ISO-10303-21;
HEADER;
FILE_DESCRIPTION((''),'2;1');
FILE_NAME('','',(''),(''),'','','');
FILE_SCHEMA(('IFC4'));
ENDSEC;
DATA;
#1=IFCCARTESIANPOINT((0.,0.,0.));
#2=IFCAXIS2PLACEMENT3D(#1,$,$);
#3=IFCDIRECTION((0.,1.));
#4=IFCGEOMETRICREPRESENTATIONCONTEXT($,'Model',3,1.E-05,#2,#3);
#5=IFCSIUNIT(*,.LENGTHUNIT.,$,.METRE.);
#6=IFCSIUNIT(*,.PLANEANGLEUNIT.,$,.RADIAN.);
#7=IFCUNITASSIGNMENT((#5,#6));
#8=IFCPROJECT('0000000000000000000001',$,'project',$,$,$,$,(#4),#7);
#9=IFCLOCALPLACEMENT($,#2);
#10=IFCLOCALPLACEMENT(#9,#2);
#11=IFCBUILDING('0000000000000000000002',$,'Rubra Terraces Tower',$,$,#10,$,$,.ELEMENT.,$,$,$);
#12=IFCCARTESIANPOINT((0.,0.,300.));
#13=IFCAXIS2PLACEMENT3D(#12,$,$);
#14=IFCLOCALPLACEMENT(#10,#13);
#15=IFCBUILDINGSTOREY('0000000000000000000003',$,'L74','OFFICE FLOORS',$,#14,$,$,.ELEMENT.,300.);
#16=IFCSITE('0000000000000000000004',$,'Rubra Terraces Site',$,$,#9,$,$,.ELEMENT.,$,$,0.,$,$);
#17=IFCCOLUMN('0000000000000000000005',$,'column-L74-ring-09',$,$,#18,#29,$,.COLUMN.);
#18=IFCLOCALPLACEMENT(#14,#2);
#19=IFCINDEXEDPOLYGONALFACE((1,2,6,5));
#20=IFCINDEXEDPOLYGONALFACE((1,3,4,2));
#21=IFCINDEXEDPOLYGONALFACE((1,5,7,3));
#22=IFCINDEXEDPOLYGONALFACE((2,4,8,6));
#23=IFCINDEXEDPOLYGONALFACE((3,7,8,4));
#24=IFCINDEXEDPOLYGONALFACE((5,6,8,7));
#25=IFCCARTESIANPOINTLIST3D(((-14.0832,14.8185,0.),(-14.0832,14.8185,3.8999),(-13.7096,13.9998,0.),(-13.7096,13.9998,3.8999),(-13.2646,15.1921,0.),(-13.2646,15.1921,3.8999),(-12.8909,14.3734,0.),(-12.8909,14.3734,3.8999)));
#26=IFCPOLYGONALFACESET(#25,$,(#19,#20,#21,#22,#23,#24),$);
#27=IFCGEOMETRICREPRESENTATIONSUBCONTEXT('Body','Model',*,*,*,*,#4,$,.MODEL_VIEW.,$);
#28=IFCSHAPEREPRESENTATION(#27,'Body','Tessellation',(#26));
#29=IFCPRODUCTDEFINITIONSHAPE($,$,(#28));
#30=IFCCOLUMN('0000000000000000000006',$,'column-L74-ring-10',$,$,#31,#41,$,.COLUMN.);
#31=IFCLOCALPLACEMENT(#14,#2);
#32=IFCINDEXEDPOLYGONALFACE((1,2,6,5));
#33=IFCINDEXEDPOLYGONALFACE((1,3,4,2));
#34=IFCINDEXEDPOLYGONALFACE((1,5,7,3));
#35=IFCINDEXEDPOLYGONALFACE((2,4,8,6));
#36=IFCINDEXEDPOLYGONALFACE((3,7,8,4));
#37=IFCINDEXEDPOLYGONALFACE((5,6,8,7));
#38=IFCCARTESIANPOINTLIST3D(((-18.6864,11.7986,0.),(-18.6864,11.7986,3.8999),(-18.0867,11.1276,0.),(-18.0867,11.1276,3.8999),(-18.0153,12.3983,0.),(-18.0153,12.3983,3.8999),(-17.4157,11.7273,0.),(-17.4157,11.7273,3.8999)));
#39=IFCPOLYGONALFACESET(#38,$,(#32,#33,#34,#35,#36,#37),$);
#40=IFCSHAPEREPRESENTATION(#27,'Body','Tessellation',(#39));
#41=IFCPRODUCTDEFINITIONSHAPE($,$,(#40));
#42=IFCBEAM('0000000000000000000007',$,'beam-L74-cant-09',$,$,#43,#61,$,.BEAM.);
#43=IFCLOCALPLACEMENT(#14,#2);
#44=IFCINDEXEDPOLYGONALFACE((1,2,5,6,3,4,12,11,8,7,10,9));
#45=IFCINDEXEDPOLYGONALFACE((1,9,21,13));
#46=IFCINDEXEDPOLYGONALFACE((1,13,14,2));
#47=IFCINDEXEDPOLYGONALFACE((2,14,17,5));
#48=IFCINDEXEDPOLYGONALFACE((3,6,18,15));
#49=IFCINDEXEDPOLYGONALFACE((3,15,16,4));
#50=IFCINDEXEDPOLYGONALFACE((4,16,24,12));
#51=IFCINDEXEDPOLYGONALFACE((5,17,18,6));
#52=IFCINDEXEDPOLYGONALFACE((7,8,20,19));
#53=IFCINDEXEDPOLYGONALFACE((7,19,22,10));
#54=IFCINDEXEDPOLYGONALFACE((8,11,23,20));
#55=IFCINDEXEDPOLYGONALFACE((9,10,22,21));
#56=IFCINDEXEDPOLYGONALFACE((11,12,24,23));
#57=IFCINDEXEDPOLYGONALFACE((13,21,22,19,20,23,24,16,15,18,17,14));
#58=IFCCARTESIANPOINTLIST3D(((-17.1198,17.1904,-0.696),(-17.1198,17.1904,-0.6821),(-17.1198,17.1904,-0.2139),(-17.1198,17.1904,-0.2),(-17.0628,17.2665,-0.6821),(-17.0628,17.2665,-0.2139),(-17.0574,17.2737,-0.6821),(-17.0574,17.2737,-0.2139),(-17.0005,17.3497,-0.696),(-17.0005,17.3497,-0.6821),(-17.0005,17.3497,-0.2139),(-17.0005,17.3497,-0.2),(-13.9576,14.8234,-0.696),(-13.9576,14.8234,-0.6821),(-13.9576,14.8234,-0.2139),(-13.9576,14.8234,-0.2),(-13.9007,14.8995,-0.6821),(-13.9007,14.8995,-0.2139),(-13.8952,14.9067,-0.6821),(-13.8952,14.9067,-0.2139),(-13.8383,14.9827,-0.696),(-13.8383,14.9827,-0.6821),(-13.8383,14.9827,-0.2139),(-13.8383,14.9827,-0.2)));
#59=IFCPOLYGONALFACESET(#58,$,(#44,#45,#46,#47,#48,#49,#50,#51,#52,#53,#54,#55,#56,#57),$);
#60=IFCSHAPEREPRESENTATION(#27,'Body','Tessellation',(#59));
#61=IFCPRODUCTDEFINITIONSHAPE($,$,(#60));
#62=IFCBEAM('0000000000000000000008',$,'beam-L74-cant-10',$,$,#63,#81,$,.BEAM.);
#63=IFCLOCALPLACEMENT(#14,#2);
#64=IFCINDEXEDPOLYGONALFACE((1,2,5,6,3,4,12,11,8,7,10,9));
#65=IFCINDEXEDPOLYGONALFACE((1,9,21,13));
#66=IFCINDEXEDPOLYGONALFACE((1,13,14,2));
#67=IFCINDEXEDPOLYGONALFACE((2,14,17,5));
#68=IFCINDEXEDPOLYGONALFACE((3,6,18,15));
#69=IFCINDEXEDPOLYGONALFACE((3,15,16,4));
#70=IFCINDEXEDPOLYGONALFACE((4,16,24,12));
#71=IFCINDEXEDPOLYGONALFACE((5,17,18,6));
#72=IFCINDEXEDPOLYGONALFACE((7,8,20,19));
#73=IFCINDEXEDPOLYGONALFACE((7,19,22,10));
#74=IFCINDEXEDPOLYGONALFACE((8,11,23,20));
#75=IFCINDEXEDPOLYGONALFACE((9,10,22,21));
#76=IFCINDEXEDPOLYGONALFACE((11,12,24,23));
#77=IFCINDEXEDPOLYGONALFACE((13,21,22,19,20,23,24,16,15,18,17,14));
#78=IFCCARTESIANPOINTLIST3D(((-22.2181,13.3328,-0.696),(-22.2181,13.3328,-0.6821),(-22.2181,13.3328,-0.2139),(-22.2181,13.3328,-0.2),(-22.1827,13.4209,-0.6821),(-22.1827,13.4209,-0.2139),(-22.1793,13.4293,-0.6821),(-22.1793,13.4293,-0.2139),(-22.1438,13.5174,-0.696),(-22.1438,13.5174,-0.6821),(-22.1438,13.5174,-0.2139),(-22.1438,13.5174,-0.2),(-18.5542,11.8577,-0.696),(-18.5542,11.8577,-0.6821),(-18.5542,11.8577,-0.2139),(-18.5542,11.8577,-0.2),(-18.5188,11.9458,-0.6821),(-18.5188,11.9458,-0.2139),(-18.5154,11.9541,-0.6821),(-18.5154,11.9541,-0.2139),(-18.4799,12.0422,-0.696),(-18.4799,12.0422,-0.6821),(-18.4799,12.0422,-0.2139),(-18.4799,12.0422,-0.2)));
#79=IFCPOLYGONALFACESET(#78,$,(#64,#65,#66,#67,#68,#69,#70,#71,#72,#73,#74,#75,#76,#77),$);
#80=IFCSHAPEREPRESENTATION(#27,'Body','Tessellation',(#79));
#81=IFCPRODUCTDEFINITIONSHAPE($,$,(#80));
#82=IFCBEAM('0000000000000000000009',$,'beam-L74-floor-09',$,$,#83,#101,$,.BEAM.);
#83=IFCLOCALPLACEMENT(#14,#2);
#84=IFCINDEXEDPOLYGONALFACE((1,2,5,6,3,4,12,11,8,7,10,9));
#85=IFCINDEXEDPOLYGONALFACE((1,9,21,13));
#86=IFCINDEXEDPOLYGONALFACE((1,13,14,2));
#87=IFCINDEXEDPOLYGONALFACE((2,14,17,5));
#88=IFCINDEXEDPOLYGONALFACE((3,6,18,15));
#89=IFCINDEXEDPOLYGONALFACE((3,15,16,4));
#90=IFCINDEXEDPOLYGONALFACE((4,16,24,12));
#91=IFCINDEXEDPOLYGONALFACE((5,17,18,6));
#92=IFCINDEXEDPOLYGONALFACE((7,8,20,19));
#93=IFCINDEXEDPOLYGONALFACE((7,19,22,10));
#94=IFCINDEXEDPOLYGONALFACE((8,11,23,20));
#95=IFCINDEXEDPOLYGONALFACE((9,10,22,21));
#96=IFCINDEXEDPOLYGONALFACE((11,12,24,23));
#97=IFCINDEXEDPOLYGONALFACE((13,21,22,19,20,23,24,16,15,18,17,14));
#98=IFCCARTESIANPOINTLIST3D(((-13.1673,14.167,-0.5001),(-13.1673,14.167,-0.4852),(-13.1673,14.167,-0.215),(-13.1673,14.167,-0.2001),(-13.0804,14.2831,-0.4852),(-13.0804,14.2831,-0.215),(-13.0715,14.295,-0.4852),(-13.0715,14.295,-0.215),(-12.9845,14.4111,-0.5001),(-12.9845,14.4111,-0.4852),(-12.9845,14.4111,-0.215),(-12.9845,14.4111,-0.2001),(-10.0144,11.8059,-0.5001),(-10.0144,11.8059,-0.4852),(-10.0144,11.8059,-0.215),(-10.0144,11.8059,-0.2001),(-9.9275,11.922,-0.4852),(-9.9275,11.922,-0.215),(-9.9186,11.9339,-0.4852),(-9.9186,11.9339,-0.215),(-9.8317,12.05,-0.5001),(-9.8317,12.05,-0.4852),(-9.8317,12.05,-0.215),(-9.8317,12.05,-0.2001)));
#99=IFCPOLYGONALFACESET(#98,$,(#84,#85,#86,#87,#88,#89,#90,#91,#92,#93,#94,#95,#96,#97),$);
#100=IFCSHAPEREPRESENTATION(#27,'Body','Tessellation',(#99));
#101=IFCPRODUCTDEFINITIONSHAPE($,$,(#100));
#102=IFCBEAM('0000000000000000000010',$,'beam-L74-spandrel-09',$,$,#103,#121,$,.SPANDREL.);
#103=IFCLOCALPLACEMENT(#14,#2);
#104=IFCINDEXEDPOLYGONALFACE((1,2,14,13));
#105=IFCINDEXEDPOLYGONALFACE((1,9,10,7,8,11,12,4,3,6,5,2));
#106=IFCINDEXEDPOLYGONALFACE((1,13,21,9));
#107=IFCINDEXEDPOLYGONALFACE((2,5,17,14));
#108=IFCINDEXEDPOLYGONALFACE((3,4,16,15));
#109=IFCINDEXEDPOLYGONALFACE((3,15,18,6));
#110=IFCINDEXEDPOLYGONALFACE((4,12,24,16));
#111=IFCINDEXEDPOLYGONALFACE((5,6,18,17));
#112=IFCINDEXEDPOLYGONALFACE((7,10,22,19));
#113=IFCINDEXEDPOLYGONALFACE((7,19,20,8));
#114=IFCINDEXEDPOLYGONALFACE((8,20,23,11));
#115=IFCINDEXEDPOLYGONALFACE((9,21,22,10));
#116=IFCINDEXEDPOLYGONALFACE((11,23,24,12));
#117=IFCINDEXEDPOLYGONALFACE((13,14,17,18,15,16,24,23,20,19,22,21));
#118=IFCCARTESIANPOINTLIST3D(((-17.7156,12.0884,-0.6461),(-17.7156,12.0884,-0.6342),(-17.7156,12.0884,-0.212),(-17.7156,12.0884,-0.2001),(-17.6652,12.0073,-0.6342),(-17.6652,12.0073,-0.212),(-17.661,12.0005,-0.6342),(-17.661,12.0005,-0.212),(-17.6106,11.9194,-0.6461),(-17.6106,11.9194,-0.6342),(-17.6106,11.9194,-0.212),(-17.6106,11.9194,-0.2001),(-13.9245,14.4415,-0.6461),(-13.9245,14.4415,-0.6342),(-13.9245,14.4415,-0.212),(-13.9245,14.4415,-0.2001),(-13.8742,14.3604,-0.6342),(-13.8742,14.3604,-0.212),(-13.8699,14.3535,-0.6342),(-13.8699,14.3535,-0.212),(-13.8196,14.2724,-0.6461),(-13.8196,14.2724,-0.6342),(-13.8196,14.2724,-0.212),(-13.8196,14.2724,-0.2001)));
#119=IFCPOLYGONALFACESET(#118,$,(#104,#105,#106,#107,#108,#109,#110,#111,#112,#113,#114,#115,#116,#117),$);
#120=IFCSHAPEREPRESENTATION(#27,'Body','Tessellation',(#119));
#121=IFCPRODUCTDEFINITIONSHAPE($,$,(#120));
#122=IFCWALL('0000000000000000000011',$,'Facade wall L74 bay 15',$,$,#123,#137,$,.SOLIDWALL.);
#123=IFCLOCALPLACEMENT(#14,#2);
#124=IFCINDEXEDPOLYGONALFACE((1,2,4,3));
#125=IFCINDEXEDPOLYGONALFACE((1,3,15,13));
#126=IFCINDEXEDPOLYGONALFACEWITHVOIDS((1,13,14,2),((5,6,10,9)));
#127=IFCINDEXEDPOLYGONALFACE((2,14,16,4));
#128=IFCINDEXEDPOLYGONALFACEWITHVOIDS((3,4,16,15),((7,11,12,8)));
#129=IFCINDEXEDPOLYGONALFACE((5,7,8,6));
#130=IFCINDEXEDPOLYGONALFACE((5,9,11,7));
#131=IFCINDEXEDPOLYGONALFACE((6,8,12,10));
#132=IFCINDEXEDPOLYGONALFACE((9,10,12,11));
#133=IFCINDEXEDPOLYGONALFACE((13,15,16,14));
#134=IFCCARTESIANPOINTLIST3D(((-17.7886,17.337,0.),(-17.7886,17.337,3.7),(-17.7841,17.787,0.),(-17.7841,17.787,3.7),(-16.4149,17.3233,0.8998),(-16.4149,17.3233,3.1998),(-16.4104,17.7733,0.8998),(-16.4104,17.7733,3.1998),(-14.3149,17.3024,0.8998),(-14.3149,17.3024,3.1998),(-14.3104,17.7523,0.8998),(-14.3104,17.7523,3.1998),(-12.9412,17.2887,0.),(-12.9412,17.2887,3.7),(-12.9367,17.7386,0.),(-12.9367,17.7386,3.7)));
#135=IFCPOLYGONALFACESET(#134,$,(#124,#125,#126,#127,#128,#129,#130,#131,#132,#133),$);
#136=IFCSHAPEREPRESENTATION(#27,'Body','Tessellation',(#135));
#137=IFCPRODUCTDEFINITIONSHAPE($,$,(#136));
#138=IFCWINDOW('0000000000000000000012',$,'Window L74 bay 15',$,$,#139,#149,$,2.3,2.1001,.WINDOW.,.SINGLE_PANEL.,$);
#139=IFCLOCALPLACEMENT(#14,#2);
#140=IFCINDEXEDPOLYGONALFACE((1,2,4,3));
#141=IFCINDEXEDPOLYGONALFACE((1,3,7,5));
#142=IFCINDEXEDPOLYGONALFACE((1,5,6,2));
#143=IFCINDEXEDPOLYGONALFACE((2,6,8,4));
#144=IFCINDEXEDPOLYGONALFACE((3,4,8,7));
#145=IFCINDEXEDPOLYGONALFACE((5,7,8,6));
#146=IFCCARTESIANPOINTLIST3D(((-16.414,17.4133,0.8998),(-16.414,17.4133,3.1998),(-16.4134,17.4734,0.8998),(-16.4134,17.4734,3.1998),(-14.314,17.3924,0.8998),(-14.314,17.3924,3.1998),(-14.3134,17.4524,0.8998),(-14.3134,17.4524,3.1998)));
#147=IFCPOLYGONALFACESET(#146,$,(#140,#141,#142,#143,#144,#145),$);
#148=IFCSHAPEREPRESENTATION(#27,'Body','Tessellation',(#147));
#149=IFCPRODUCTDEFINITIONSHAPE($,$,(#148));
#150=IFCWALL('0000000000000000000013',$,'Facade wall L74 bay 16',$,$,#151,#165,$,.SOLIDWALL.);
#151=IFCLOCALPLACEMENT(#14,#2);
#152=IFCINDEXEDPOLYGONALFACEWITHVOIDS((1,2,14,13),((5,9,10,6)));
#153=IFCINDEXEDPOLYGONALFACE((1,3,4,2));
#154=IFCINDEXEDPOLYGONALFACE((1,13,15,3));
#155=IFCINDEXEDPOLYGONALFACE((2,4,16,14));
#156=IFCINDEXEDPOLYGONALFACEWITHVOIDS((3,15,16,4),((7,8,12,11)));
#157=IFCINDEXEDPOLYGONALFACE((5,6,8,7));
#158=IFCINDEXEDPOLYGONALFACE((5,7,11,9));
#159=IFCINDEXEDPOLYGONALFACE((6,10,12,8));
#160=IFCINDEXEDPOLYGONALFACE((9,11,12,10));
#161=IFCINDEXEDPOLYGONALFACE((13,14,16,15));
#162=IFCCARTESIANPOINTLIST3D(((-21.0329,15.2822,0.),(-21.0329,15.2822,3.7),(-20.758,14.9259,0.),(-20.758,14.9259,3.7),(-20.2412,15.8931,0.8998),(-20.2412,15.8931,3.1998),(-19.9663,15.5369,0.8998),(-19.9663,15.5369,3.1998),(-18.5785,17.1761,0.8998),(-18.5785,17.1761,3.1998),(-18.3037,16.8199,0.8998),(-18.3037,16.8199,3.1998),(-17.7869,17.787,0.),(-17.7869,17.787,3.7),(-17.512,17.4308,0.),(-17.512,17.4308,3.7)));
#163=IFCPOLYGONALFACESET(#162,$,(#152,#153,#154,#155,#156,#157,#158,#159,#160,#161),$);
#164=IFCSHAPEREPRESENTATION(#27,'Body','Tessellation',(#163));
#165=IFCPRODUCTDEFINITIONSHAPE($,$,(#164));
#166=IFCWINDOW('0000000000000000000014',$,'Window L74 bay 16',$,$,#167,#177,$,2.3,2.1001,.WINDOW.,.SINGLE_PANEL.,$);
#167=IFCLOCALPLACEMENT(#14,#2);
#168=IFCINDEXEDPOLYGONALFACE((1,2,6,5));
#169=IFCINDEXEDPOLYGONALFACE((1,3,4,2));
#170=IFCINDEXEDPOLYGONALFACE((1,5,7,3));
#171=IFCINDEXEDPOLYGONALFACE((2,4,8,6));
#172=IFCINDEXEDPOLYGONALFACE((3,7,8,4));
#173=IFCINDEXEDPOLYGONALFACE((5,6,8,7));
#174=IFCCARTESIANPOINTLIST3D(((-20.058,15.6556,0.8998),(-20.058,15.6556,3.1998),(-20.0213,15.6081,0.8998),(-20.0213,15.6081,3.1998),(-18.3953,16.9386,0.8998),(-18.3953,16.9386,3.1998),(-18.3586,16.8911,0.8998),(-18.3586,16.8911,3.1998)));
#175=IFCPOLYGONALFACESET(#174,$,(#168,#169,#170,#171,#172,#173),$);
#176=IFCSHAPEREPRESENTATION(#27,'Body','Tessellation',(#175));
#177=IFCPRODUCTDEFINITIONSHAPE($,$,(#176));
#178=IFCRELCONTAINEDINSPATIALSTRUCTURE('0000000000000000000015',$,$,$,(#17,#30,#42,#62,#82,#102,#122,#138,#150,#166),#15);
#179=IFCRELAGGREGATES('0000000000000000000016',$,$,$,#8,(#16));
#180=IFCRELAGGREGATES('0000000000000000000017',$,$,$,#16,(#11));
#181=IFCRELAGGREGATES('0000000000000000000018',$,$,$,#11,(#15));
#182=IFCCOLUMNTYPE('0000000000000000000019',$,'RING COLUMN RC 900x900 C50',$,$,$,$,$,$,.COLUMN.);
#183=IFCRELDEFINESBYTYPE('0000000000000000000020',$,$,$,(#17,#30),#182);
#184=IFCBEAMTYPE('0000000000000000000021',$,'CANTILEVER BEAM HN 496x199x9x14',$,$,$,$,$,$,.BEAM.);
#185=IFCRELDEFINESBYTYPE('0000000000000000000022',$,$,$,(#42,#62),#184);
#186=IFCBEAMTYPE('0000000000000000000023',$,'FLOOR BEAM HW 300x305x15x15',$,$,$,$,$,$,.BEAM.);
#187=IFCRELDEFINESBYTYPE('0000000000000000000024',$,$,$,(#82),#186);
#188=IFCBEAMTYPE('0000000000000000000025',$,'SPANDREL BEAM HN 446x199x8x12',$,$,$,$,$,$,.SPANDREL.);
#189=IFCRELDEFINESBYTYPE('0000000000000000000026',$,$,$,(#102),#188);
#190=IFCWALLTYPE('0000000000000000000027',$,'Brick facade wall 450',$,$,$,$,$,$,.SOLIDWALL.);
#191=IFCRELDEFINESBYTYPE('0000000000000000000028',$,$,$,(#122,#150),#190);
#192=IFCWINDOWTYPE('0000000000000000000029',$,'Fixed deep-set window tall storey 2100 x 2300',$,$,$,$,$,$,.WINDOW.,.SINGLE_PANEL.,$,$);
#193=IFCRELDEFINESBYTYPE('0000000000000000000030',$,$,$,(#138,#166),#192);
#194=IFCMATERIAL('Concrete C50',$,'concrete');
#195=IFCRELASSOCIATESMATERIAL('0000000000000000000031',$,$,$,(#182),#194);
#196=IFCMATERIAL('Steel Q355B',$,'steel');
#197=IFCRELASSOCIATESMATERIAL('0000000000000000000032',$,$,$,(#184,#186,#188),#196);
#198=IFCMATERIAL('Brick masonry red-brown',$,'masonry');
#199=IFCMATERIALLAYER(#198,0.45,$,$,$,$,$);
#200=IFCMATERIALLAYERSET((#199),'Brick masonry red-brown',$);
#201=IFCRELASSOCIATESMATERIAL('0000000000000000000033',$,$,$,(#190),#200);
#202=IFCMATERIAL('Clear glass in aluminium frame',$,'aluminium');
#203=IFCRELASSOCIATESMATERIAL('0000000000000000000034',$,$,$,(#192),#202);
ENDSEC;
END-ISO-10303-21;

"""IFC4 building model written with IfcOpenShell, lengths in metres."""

from ifc_helpers import new_model, si_unit, direction, frame, frame_2d, origin, origin_2d, place, context, subcontext, project, spatial, rectangle, i_section, extrude, material, layer, layer_set, material_profile, profile_set, type_object, element, fill, save


model = new_model("IFC4")

# Units and contexts
model_context = context("Model", 3, precision=1e-05, world=origin(), true_north=direction((0.0, 1.0)))
body_context = subcontext(model_context, "Body", "Model", "MODEL_VIEW")
ifc_project = project(units=[si_unit("LENGTHUNIT", "METRE"), si_unit("PLANEANGLEUNIT", "RADIAN")], contexts=[model_context])

# Site, building, storey
site_placement = place(None, origin())
site = spatial("IfcSite", under=ifc_project, at=site_placement, Name="Rubra Terraces Site", CompositionType="ELEMENT", RefElevation=0.0)
building_placement = place(site_placement, origin())
building = spatial("IfcBuilding", under=site, at=building_placement, Name="Rubra Terraces Tower", CompositionType="ELEMENT")
storey_placement = place(building_placement, frame((0.0, 0.0, 300.0)))
storey = spatial("IfcBuildingStorey", under=building, at=storey_placement, Name="L74", Description="OFFICE FLOORS", CompositionType="ELEMENT", Elevation=300.0)

# Columns
ifc_material_1 = material(Name="Concrete C50", Category="concrete")
ifc_material_profile_1 = material_profile(ifc_material_1, rectangle(XDim=0.8999, YDim=0.8999, at=origin_2d()), Name="RC 900x900")
ifc_profile_set_1 = profile_set([ifc_material_profile_1], Name="Concrete C50")
column_type = type_object("IfcColumnType", Name="RING COLUMN RC 900x900 C50", PredefinedType="COLUMN", material=ifc_profile_set_1)
for number, where, z_axis, x_axis, name in (
    (1, (-13.4871, 14.5959, 0.0), (0.0, 0.0, 1.0), (-0.909726, -0.415208, 0.0), "column-L74-ring-09"),
    (2, (-18.051, 11.7629, 0.0), (0.0, 0.0, 1.0), (-0.745642, -0.666347, 0.0), "column-L74-ring-10"),
):
    element("IfcColumn", number, at=place(storey_placement, frame(where, z_axis=z_axis, x_axis=x_axis)), inside=storey, type_object=column_type, Name=name, PredefinedType="COLUMN", context=body_context, shape_type="SweptSolid", body=[
        extrude(rectangle(XDim=0.8999, YDim=0.8999, at=origin_2d()), origin(), (0.0, 0.0, 1.0), 3.8999),
    ])

# Beams
ifc_material_2 = material(Name="Steel Q355B", Category="steel")
ifc_material_profile_2 = material_profile(ifc_material_2, i_section(OverallWidth=0.199, OverallDepth=0.4961, WebThickness=0.009, FlangeThickness=0.0139, at=origin_2d()), Name="HN 496x199x9x14")
ifc_profile_set_2 = profile_set([ifc_material_profile_2], Name="Steel Q355B")
beam_type_1 = type_object("IfcBeamType", Name="CANTILEVER BEAM HN 496x199x9x14", PredefinedType="BEAM", material=ifc_profile_set_2)
beam_1_placement = place(storey_placement, frame((-13.8979, 14.9031, -0.448), z_axis=(-0.800563, 0.599248, 0.0), x_axis=(-0.599248, -0.800563, 0.0)))
element("IfcBeam", 3, at=beam_1_placement, inside=storey, type_object=beam_type_1, Name="beam-L74-cant-09", PredefinedType="BEAM", context=body_context, shape_type="SweptSolid", body=[
    extrude(i_section(OverallWidth=0.199, OverallDepth=0.4961, WebThickness=0.009, FlangeThickness=0.0139, at=origin_2d()), origin(), (0.0, 0.0, 1.0), 3.95),
])
beam_2_placement = place(storey_placement, frame((-18.5171, 11.95, -0.448), z_axis=(-0.927639, 0.373479, 0.0), x_axis=(-0.373479, -0.927639, 0.0)))
element("IfcBeam", 4, at=beam_2_placement, inside=storey, type_object=beam_type_1, Name="beam-L74-cant-10", PredefinedType="BEAM", context=body_context, shape_type="SweptSolid", body=[
    extrude(i_section(OverallWidth=0.199, OverallDepth=0.4961, WebThickness=0.009, FlangeThickness=0.0139, at=origin_2d()), origin(), (0.0, 0.0, 1.0), 3.9497),
])
ifc_material_profile_3 = material_profile(ifc_material_2, i_section(OverallWidth=0.3049, OverallDepth=0.3, WebThickness=0.0149, FlangeThickness=0.0149, at=origin_2d()), Name="HW 300x305x15x15")
ifc_profile_set_3 = profile_set([ifc_material_profile_3], Name="Steel Q355B")
beam_type_2 = type_object("IfcBeamType", Name="FLOOR BEAM HW 300x305x15x15", PredefinedType="BEAM", material=ifc_profile_set_3)
beam_3_placement = place(storey_placement, frame((-13.0759, 14.2891, -0.3501), z_axis=(0.800431, -0.599425, 0.0), x_axis=(0.599425, 0.800431, 0.0)))
element("IfcBeam", 5, at=beam_3_placement, inside=storey, type_object=beam_type_2, Name="beam-L74-floor-09", PredefinedType="BEAM", context=body_context, shape_type="SweptSolid", body=[
    extrude(i_section(OverallWidth=0.3049, OverallDepth=0.3, WebThickness=0.0149, FlangeThickness=0.0149, at=origin_2d()), origin(), (0.0, 0.0, 1.0), 3.939),
])
ifc_material_profile_4 = material_profile(ifc_material_2, i_section(OverallWidth=0.199, OverallDepth=0.446, WebThickness=0.0081, FlangeThickness=0.012, at=origin_2d()), Name="HN 446x199x8x12")
ifc_profile_set_4 = profile_set([ifc_material_profile_4], Name="Steel Q355B")
beam_type_3 = type_object("IfcBeamType", Name="SPANDREL BEAM HN 446x199x8x12", PredefinedType="SPANDREL", material=ifc_profile_set_4)
beam_4_placement = place(storey_placement, frame((-13.8721, 14.3569, -0.4231), z_axis=(-0.849642, -0.52736, 0.0), x_axis=(0.52736, -0.849642, 0.0)))
element("IfcBeam", 6, at=beam_4_placement, inside=storey, type_object=beam_type_3, Name="beam-L74-spandrel-09", PredefinedType="SPANDREL", context=body_context, shape_type="SweptSolid", body=[
    extrude(i_section(OverallWidth=0.199, OverallDepth=0.446, WebThickness=0.0081, FlangeThickness=0.012, at=origin_2d()), origin(), (0.0, 0.0, 1.0), 4.4619),
])

# Walls, openings, windows
ifc_material_3 = material(Name="Brick masonry red-brown", Category="masonry")
ifc_layer_1 = layer(ifc_material_3, 0.45)
ifc_layer_set_1 = layer_set([ifc_layer_1], Name="Brick masonry red-brown")
wall_type_1 = type_object("IfcWallType", Name="Brick facade wall 450", PredefinedType="SOLIDWALL", material=ifc_layer_set_1)
wall_1_placement = place(storey_placement, frame((-12.939, 17.5137, 0.0), z_axis=(0.0, 0.0, 1.0), x_axis=(-0.99995, 0.009972, 0.0)))
wall_1 = element("IfcWall", 7, at=wall_1_placement, inside=storey, type_object=wall_type_1, Name="Facade wall L74 bay 15", PredefinedType="SOLIDWALL", context=body_context, shape_type="SweptSolid", body=[
    extrude(rectangle(XDim=4.8477, YDim=0.45, at=frame_2d((2.4238, 0.0))), origin(), (0.0, 0.0, 1.0), 3.7),
])
opening_1_placement = place(wall_1_placement, frame((1.3738, 0.0, 0.8999)))
opening_1 = element("IfcOpeningElement", 8, at=opening_1_placement, cuts=wall_1, PredefinedType="OPENING", context=body_context, shape_type="SweptSolid", body=[
    extrude(rectangle(XDim=2.1001, YDim=2.3, at=frame_2d((1.05, 1.1499))), frame((0.0, 0.2349, 0.0), z_axis=(0.0, -1.0, 0.0), x_axis=(1.0, 0.0, 0.0)), (0.0, 0.0, 1.0), 0.47),
])
ifc_material_4 = material(Name="Clear glass in aluminium frame", Category="aluminium")
window_type_1 = type_object("IfcWindowType", Name="Fixed deep-set window tall storey 2100 x 2300", PartitioningType="SINGLE_PANEL", PredefinedType="WINDOW", material=ifc_material_4)
window_1_placement = place(opening_1_placement, origin())
window_1 = element("IfcWindow", 9, at=window_1_placement, inside=storey, type_object=window_type_1, Name="Window L74 bay 15", OverallHeight=2.3, OverallWidth=2.1001, PartitioningType="SINGLE_PANEL", PredefinedType="WINDOW", context=body_context, shape_type="SweptSolid", body=[
    extrude(rectangle(XDim=2.1001, YDim=2.3, at=frame_2d((1.05, 1.1499))), frame((0.0, 0.135, 0.0), z_axis=(0.0, -1.0, 0.0), x_axis=(1.0, 0.0, 0.0)), (0.0, 0.0, 1.0), 0.0601),
])
fill(opening_1, window_1)
wall_2_placement = place(storey_placement, frame((-17.6494, 17.6089, 0.0), z_axis=(0.0, 0.0, 1.0), x_axis=(-0.791693, -0.610919, 0.0)))
wall_2 = element("IfcWall", 10, at=wall_2_placement, inside=storey, type_object=wall_type_1, Name="Facade wall L74 bay 16", PredefinedType="SOLIDWALL", context=body_context, shape_type="SweptSolid", body=[
    extrude(rectangle(XDim=4.1001, YDim=0.45, at=frame_2d((2.05, 0.0))), origin(), (0.0, 0.0, 1.0), 3.7),
])
opening_2_placement = place(wall_2_placement, frame((1.0, 0.0, 0.8999)))
opening_2 = element("IfcOpeningElement", 11, at=opening_2_placement, cuts=wall_2, PredefinedType="OPENING", context=body_context, shape_type="SweptSolid", body=[
    extrude(rectangle(XDim=2.1001, YDim=2.3, at=frame_2d((1.05, 1.1499))), frame((0.0, 0.2349, 0.0), z_axis=(0.0, -1.0, 0.0), x_axis=(1.0, 0.0, 0.0)), (0.0, 0.0, 1.0), 0.47),
])
window_2_placement = place(opening_2_placement, origin())
window_2 = element("IfcWindow", 12, at=window_2_placement, inside=storey, type_object=window_type_1, Name="Window L74 bay 16", OverallHeight=2.3, OverallWidth=2.1001, PartitioningType="SINGLE_PANEL", PredefinedType="WINDOW", context=body_context, shape_type="SweptSolid", body=[
    extrude(rectangle(XDim=2.1001, YDim=2.3, at=frame_2d((1.05, 1.1499))), frame((0.0, 0.135, 0.0), z_axis=(0.0, -1.0, 0.0), x_axis=(1.0, 0.0, 0.0)), (0.0, 0.0, 1.0), 0.0601),
])
fill(opening_2, window_2)

save(model, "model.ifc")
